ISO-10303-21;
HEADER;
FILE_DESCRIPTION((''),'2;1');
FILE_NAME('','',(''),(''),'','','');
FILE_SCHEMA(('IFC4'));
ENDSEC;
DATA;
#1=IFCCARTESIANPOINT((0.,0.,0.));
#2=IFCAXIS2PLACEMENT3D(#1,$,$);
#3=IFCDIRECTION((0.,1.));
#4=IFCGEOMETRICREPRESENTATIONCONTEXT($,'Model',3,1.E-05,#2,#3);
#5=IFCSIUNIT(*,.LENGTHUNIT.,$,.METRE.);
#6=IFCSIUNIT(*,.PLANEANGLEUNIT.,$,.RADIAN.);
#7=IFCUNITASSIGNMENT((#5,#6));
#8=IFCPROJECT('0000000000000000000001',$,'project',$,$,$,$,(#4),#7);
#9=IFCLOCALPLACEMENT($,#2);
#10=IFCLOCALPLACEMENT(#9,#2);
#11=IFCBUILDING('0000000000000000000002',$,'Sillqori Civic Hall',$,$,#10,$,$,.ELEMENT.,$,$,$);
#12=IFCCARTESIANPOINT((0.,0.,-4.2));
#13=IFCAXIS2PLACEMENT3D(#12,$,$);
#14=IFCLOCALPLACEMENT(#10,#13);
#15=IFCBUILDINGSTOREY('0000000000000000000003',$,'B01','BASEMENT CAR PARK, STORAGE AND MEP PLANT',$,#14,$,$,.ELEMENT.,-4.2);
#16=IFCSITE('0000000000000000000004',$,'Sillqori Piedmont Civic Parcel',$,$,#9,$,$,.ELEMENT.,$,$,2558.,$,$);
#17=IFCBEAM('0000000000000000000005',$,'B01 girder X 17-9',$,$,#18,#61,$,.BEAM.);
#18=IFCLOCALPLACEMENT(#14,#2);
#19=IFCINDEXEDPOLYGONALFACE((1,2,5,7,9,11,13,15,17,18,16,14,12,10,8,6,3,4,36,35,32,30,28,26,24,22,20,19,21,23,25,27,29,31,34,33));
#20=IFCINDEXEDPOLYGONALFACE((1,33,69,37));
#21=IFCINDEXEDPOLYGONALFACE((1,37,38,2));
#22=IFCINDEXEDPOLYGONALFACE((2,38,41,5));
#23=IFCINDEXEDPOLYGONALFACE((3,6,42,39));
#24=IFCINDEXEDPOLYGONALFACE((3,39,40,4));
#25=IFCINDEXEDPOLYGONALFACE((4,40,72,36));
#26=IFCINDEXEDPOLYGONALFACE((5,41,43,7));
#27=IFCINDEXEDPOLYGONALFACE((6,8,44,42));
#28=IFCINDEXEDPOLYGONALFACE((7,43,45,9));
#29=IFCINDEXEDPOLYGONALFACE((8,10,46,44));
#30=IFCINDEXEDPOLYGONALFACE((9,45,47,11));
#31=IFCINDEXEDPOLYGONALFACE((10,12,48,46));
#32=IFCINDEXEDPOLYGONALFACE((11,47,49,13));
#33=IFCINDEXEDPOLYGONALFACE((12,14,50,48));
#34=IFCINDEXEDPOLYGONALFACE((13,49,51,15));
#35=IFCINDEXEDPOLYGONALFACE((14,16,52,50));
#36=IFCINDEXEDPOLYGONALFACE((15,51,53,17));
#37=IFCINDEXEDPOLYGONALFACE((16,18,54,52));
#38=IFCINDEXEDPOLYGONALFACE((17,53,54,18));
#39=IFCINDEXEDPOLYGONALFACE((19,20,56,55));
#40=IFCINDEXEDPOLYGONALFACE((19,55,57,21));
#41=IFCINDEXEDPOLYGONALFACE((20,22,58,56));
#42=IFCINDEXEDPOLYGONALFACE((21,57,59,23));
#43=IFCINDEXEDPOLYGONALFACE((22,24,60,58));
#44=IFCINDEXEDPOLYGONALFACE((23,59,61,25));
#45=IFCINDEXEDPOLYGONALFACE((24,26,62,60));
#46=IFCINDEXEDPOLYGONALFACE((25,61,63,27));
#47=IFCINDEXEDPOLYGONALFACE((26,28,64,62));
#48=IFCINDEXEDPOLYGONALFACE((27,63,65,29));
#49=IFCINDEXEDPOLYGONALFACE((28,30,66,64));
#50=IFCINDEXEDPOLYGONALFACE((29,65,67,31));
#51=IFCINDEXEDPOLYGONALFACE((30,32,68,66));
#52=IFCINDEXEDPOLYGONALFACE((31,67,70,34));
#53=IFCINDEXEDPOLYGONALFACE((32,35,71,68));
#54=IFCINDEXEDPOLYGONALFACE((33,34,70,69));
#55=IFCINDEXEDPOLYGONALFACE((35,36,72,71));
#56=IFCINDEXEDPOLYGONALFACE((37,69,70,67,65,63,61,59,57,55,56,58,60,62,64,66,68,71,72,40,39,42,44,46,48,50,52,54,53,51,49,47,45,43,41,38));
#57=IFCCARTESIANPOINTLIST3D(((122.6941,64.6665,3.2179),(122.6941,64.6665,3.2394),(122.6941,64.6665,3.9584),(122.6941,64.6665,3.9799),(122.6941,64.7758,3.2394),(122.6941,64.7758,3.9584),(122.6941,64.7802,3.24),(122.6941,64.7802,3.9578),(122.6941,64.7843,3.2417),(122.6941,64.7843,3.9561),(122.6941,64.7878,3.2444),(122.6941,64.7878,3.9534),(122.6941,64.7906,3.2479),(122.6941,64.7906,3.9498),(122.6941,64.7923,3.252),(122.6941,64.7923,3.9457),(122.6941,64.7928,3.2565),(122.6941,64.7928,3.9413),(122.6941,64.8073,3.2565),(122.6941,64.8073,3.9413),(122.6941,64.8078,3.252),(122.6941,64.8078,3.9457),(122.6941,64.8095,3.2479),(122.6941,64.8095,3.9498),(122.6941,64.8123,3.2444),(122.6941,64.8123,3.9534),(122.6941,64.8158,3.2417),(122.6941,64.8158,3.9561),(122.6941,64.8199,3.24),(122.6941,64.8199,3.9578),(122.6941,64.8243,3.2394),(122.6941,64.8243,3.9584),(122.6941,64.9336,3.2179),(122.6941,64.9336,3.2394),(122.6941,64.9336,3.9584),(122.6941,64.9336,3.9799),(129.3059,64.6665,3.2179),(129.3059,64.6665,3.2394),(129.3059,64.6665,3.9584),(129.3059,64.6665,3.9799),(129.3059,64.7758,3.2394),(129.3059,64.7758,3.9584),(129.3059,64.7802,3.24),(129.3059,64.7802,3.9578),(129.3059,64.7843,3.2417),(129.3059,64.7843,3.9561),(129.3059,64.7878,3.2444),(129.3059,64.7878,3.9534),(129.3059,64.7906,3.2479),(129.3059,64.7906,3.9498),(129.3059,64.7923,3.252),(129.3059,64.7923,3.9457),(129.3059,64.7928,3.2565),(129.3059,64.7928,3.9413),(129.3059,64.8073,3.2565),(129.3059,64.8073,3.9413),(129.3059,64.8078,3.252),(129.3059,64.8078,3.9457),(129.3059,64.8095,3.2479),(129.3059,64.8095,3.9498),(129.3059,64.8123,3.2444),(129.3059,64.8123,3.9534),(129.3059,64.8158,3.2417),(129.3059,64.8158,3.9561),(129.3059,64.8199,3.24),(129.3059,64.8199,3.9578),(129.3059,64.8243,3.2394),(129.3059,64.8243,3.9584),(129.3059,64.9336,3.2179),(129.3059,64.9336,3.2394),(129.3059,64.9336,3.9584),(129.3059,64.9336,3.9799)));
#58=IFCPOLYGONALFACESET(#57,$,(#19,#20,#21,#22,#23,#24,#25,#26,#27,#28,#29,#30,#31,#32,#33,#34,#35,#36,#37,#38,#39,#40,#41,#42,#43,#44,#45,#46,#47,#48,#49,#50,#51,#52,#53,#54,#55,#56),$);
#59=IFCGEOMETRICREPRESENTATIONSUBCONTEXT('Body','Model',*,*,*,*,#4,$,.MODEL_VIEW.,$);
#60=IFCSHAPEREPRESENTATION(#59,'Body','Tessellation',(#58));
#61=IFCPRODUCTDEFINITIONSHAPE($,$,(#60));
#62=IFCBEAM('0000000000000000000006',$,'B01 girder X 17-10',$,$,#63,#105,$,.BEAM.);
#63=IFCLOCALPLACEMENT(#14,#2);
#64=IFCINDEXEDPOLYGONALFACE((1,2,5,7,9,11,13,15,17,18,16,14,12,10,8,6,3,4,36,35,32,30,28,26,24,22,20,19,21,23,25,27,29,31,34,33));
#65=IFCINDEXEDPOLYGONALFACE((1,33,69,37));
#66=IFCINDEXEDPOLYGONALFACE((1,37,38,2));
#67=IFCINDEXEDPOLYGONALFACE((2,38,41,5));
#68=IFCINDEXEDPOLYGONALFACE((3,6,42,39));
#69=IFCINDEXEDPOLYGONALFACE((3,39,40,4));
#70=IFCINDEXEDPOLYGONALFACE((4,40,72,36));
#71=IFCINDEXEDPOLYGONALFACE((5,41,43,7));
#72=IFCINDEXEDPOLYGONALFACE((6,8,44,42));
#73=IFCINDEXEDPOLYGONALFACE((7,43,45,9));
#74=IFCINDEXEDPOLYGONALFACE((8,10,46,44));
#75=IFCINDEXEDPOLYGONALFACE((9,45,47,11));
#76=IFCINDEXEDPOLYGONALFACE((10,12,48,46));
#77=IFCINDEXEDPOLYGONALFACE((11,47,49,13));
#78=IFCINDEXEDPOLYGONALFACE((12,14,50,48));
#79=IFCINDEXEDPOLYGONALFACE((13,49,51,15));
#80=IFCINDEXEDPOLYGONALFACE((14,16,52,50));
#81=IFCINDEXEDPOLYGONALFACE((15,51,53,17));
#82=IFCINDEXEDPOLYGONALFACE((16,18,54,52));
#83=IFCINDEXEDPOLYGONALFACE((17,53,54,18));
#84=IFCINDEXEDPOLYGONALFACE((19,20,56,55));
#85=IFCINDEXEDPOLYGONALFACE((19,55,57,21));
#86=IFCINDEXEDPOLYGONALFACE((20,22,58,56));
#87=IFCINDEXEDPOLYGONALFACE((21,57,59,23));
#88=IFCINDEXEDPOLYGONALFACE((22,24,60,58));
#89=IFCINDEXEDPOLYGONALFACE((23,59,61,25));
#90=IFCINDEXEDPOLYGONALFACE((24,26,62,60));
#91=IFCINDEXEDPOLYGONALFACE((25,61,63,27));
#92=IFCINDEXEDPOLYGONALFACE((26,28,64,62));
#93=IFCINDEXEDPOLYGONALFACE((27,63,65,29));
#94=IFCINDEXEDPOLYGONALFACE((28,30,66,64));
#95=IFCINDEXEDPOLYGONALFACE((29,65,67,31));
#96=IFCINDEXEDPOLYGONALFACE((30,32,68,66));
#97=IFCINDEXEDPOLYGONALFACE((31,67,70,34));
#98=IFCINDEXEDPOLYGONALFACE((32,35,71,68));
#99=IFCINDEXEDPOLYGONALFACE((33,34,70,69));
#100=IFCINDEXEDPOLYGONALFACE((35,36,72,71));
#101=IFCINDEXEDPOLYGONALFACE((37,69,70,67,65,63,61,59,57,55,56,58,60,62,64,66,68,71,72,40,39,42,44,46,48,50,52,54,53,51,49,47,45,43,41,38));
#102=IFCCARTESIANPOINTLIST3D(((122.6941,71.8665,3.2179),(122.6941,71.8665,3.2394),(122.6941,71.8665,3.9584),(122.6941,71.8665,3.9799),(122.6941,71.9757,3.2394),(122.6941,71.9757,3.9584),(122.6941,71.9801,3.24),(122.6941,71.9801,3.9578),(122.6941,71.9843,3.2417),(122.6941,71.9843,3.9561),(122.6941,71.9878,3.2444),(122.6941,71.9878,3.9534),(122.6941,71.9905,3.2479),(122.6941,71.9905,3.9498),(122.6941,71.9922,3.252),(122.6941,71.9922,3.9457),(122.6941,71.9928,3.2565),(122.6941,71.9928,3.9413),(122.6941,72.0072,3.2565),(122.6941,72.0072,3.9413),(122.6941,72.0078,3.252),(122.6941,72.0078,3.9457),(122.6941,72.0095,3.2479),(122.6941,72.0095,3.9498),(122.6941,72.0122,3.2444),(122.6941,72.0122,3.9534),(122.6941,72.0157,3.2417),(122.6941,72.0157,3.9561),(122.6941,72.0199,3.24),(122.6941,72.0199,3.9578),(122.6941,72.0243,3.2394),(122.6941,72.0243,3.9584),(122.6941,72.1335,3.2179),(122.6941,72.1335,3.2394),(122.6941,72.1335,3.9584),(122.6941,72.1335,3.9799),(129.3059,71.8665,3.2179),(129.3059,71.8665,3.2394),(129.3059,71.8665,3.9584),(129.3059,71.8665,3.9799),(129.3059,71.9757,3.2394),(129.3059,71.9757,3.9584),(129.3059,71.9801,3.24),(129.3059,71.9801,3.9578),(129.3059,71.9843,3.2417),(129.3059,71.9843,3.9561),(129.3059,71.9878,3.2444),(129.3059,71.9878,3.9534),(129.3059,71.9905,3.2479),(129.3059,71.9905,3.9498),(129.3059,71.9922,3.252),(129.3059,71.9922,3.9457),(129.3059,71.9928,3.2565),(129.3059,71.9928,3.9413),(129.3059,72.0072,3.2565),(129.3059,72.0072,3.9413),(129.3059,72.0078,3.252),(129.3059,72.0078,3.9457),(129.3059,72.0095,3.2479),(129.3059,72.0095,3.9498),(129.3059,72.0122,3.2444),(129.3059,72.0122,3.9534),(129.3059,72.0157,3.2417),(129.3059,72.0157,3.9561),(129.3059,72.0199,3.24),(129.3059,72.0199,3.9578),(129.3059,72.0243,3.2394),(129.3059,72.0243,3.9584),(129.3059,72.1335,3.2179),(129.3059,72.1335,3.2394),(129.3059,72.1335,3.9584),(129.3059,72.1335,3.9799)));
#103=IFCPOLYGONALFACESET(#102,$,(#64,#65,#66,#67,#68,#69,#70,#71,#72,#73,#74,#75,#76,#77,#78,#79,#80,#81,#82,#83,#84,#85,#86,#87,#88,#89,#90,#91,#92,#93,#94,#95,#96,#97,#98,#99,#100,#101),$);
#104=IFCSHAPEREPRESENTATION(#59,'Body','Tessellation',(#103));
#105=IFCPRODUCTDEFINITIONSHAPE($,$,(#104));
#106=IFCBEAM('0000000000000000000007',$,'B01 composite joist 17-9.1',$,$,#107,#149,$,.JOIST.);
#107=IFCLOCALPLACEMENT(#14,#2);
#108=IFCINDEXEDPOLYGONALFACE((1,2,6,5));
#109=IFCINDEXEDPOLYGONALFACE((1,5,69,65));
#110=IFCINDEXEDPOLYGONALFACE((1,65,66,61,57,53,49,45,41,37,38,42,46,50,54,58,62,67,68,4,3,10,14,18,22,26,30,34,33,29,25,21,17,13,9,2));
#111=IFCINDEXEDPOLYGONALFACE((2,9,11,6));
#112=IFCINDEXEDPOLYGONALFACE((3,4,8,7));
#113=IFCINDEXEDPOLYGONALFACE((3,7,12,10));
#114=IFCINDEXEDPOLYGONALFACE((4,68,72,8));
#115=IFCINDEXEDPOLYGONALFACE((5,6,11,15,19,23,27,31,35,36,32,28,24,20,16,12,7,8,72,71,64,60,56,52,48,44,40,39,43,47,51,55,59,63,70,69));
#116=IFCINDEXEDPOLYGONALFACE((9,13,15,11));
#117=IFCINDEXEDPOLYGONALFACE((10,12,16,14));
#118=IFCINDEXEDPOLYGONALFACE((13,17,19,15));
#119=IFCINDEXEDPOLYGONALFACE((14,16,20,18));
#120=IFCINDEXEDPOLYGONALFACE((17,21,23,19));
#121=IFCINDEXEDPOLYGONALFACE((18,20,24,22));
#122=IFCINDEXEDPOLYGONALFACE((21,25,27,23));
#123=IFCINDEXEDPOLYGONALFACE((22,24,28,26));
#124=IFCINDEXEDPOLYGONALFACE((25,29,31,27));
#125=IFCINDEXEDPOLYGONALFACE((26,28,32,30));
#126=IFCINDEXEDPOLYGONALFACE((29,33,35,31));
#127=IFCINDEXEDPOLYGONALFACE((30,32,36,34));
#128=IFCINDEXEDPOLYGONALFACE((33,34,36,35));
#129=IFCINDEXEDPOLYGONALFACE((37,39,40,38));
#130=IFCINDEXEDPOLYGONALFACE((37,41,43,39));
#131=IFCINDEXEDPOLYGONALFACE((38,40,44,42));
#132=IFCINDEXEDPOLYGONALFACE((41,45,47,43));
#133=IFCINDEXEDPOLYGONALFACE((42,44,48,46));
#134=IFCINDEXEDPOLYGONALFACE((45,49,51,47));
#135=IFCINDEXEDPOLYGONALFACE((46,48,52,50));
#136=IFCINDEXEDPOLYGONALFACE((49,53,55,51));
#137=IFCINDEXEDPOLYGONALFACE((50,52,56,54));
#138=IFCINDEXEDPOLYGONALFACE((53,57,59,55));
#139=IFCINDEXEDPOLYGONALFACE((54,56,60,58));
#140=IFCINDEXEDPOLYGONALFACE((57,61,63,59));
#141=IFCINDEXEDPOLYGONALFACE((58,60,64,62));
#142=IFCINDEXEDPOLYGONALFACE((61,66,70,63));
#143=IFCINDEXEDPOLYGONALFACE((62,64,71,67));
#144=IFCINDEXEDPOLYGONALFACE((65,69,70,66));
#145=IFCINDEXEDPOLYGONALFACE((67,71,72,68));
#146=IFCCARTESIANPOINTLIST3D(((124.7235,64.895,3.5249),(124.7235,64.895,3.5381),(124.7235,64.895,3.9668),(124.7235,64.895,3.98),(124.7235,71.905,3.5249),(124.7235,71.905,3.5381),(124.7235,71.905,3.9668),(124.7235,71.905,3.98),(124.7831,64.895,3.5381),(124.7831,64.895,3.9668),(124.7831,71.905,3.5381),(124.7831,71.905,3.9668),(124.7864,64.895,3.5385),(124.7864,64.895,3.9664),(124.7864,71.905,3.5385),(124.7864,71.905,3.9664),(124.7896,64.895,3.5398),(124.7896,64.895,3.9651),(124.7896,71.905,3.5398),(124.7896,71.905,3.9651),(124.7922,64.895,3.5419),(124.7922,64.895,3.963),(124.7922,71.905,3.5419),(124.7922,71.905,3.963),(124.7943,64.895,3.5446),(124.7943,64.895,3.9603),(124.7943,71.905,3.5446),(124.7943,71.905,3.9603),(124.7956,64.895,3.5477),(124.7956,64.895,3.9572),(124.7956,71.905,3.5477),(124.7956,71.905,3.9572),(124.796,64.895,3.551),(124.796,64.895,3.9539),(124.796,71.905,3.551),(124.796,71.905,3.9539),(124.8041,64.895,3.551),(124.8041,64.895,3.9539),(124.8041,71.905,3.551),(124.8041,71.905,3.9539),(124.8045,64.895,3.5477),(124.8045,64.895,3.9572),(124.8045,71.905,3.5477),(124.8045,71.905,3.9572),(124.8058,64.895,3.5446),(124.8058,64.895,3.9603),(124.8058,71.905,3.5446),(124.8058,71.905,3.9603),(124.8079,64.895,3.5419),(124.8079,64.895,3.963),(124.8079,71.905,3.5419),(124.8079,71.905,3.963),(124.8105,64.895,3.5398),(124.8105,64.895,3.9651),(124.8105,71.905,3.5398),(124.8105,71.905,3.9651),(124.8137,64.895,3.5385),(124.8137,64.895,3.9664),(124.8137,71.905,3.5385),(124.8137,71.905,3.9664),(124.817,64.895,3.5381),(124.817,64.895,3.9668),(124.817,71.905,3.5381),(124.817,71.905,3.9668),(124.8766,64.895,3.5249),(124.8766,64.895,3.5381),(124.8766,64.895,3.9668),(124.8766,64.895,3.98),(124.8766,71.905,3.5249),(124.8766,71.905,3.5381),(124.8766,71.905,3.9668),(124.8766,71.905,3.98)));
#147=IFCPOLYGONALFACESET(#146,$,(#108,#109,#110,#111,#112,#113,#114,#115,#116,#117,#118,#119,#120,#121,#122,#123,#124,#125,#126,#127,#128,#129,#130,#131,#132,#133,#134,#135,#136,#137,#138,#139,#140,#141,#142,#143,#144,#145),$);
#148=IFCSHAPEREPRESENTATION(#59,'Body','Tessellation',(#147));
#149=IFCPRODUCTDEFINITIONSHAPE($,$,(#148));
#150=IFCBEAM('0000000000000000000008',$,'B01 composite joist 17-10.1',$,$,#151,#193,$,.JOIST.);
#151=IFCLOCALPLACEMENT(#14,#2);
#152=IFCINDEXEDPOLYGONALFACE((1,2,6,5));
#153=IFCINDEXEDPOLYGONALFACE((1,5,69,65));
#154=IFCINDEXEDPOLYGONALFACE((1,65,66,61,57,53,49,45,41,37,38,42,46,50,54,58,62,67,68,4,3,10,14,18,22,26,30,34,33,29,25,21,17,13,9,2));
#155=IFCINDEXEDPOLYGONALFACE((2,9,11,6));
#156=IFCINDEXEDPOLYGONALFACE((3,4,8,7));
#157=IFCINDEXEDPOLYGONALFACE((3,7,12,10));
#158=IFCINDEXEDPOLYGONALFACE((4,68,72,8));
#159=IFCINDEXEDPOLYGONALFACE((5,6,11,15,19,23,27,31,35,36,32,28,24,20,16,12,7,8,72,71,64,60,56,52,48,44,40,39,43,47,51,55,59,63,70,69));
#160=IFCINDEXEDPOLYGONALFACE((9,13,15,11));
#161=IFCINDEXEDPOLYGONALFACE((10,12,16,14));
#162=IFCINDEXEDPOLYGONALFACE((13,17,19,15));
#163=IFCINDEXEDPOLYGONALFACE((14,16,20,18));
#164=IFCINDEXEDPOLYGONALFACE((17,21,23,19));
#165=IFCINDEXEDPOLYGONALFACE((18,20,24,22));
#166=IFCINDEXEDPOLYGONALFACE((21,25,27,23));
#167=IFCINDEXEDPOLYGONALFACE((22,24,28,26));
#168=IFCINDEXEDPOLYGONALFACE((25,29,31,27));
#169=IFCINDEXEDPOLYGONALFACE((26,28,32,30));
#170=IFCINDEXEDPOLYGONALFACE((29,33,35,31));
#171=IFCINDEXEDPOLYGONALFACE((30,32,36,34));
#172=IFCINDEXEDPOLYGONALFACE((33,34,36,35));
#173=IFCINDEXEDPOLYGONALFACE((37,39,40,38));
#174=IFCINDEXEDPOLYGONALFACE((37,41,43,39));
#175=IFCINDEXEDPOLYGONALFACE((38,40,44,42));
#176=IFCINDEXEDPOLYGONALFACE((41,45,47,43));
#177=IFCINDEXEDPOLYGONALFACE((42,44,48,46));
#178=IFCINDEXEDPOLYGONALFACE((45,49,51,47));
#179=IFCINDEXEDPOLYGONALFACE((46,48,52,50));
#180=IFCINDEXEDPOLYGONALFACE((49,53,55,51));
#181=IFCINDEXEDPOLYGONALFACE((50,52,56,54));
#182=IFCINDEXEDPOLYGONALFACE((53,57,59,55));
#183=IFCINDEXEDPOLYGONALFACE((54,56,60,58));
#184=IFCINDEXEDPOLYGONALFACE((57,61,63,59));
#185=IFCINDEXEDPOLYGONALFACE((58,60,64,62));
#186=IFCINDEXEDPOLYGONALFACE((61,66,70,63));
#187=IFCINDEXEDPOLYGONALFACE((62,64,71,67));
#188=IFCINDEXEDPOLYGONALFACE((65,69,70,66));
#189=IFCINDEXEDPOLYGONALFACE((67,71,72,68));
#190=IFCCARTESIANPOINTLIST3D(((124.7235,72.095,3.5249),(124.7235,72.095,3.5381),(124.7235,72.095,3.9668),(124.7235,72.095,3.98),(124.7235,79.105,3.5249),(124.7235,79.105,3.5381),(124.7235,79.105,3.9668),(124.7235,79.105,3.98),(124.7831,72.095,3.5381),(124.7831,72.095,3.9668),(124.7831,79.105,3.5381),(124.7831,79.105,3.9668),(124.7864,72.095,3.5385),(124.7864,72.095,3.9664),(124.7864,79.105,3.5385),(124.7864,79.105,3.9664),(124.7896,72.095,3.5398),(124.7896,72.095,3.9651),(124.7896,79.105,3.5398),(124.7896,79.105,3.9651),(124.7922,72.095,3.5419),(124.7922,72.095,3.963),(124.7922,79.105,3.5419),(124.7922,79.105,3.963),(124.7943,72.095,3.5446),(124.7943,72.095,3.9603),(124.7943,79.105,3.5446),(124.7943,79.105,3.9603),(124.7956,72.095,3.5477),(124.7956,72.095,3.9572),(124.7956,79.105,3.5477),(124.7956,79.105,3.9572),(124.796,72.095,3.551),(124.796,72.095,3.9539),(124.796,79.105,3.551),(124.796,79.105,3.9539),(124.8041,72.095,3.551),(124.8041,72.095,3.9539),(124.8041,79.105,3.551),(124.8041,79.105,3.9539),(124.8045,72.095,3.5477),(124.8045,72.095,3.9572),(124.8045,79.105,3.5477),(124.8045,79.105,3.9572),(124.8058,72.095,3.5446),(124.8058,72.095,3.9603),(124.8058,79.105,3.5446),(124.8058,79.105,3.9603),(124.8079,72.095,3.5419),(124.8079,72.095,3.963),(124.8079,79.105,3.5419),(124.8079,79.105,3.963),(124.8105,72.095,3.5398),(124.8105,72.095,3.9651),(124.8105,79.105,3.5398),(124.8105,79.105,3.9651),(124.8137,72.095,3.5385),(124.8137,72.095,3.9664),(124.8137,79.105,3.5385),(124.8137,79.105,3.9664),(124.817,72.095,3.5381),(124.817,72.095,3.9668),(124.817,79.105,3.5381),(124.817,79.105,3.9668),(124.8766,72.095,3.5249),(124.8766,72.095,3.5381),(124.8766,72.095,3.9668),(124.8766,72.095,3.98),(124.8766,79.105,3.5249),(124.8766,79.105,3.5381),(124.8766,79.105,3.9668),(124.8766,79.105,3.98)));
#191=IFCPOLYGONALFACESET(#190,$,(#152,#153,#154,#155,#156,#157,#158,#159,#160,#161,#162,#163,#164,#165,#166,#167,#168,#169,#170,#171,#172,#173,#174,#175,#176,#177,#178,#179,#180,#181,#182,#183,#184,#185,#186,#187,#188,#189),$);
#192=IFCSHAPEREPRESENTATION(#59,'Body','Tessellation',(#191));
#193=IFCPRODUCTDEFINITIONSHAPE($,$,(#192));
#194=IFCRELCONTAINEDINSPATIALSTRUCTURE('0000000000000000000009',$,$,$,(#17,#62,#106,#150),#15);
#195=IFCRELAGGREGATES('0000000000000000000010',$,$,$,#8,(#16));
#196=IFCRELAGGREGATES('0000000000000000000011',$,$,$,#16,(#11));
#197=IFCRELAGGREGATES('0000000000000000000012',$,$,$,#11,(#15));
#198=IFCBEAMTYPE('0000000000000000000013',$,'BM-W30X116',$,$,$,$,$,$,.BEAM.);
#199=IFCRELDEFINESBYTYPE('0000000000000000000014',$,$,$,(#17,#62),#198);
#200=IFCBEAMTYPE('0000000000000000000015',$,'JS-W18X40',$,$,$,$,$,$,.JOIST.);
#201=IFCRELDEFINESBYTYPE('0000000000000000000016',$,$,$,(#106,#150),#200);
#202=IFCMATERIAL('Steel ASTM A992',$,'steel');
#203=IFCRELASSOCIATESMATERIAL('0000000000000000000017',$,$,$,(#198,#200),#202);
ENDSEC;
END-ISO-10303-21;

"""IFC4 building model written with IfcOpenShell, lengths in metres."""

from ifc_helpers import new_model, si_unit, direction, frame, origin, origin_2d, place, context, subcontext, project, spatial, i_section, extrude, material, material_profile, profile_set, type_object, element, save


model = new_model("IFC4")

# Units and contexts
model_context = context("Model", 3, precision=1e-05, world=origin(), true_north=direction((0.0, 1.0)))
body_context = subcontext(model_context, "Body", "Model", "MODEL_VIEW")
ifc_project = project(units=[si_unit("LENGTHUNIT", "METRE"), si_unit("PLANEANGLEUNIT", "RADIAN")], contexts=[model_context])

# Site, building, storey
site_placement = place(None, origin())
site = spatial("IfcSite", under=ifc_project, at=site_placement, Name="Sillqori Piedmont Civic Parcel", CompositionType="ELEMENT", RefElevation=2558.0)
building_placement = place(site_placement, origin())
building = spatial("IfcBuilding", under=site, at=building_placement, Name="Sillqori Civic Hall", CompositionType="ELEMENT")
storey_placement = place(building_placement, frame((0.0, 0.0, -4.2)))
storey = spatial("IfcBuildingStorey", under=building, at=storey_placement, Name="B01", Description="BASEMENT CAR PARK, STORAGE AND MEP PLANT", CompositionType="ELEMENT", Elevation=-4.2)

# Beams
ifc_material_1 = material(Name="Steel ASTM A992", Category="steel")
ifc_material_profile_1 = material_profile(ifc_material_1, i_section(OverallWidth=0.2671, OverallDepth=0.762, WebThickness=0.0144, FlangeThickness=0.0215, FilletRadius=0.0171, at=origin_2d()), Name="W30X116")
ifc_profile_set_1 = profile_set([ifc_material_profile_1], Name="Steel ASTM A992")
beam_type_1 = type_object("IfcBeamType", Name="BM-W30X116", PredefinedType="BEAM", material=ifc_profile_set_1)
for number, where, z_axis, x_axis, name in (
    (1, (122.6941, 64.8, 3.5989), (1.0, 0.0, 0.0), (0.0, 1.0, 0.0), "B01 girder X 17-9"),
    (2, (122.6941, 72.0, 3.5989), (1.0, 0.0, 0.0), (0.0, 1.0, 0.0), "B01 girder X 17-10"),
):
    element("IfcBeam", number, at=place(storey_placement, frame(where, z_axis=z_axis, x_axis=x_axis)), inside=storey, type_object=beam_type_1, Name=name, PredefinedType="BEAM", context=body_context, shape_type="SweptSolid", body=[
        extrude(i_section(OverallWidth=0.2671, OverallDepth=0.762, WebThickness=0.0144, FlangeThickness=0.0215, FilletRadius=0.0171, at=origin_2d()), origin(), (0.0, 0.0, 1.0), 6.6118),
    ])
ifc_material_profile_2 = material_profile(ifc_material_1, i_section(OverallWidth=0.1531, OverallDepth=0.4551, WebThickness=0.0081, FlangeThickness=0.0132, FilletRadius=0.0129, at=origin_2d()), Name="W18X40")
ifc_profile_set_2 = profile_set([ifc_material_profile_2], Name="Steel ASTM A992")
beam_type_2 = type_object("IfcBeamType", Name="JS-W18X40", PredefinedType="JOIST", material=ifc_profile_set_2)
for number, where, z_axis, x_axis, name in (
    (3, (124.8, 64.895, 3.7524), (0.0, 1.0, 0.0), (-1.0, 0.0, 0.0), "B01 composite joist 17-9.1"),
    (4, (124.8, 72.095, 3.7524), (0.0, 1.0, 0.0), (-1.0, 0.0, 0.0), "B01 composite joist 17-10.1"),
):
    element("IfcBeam", number, at=place(storey_placement, frame(where, z_axis=z_axis, x_axis=x_axis)), inside=storey, type_object=beam_type_2, Name=name, PredefinedType="JOIST", context=body_context, shape_type="SweptSolid", body=[
        extrude(i_section(OverallWidth=0.1531, OverallDepth=0.4551, WebThickness=0.0081, FlangeThickness=0.0132, FilletRadius=0.0129, at=origin_2d()), origin(), (0.0, 0.0, 1.0), 7.01),
    ])

save(model, "model.ifc")
